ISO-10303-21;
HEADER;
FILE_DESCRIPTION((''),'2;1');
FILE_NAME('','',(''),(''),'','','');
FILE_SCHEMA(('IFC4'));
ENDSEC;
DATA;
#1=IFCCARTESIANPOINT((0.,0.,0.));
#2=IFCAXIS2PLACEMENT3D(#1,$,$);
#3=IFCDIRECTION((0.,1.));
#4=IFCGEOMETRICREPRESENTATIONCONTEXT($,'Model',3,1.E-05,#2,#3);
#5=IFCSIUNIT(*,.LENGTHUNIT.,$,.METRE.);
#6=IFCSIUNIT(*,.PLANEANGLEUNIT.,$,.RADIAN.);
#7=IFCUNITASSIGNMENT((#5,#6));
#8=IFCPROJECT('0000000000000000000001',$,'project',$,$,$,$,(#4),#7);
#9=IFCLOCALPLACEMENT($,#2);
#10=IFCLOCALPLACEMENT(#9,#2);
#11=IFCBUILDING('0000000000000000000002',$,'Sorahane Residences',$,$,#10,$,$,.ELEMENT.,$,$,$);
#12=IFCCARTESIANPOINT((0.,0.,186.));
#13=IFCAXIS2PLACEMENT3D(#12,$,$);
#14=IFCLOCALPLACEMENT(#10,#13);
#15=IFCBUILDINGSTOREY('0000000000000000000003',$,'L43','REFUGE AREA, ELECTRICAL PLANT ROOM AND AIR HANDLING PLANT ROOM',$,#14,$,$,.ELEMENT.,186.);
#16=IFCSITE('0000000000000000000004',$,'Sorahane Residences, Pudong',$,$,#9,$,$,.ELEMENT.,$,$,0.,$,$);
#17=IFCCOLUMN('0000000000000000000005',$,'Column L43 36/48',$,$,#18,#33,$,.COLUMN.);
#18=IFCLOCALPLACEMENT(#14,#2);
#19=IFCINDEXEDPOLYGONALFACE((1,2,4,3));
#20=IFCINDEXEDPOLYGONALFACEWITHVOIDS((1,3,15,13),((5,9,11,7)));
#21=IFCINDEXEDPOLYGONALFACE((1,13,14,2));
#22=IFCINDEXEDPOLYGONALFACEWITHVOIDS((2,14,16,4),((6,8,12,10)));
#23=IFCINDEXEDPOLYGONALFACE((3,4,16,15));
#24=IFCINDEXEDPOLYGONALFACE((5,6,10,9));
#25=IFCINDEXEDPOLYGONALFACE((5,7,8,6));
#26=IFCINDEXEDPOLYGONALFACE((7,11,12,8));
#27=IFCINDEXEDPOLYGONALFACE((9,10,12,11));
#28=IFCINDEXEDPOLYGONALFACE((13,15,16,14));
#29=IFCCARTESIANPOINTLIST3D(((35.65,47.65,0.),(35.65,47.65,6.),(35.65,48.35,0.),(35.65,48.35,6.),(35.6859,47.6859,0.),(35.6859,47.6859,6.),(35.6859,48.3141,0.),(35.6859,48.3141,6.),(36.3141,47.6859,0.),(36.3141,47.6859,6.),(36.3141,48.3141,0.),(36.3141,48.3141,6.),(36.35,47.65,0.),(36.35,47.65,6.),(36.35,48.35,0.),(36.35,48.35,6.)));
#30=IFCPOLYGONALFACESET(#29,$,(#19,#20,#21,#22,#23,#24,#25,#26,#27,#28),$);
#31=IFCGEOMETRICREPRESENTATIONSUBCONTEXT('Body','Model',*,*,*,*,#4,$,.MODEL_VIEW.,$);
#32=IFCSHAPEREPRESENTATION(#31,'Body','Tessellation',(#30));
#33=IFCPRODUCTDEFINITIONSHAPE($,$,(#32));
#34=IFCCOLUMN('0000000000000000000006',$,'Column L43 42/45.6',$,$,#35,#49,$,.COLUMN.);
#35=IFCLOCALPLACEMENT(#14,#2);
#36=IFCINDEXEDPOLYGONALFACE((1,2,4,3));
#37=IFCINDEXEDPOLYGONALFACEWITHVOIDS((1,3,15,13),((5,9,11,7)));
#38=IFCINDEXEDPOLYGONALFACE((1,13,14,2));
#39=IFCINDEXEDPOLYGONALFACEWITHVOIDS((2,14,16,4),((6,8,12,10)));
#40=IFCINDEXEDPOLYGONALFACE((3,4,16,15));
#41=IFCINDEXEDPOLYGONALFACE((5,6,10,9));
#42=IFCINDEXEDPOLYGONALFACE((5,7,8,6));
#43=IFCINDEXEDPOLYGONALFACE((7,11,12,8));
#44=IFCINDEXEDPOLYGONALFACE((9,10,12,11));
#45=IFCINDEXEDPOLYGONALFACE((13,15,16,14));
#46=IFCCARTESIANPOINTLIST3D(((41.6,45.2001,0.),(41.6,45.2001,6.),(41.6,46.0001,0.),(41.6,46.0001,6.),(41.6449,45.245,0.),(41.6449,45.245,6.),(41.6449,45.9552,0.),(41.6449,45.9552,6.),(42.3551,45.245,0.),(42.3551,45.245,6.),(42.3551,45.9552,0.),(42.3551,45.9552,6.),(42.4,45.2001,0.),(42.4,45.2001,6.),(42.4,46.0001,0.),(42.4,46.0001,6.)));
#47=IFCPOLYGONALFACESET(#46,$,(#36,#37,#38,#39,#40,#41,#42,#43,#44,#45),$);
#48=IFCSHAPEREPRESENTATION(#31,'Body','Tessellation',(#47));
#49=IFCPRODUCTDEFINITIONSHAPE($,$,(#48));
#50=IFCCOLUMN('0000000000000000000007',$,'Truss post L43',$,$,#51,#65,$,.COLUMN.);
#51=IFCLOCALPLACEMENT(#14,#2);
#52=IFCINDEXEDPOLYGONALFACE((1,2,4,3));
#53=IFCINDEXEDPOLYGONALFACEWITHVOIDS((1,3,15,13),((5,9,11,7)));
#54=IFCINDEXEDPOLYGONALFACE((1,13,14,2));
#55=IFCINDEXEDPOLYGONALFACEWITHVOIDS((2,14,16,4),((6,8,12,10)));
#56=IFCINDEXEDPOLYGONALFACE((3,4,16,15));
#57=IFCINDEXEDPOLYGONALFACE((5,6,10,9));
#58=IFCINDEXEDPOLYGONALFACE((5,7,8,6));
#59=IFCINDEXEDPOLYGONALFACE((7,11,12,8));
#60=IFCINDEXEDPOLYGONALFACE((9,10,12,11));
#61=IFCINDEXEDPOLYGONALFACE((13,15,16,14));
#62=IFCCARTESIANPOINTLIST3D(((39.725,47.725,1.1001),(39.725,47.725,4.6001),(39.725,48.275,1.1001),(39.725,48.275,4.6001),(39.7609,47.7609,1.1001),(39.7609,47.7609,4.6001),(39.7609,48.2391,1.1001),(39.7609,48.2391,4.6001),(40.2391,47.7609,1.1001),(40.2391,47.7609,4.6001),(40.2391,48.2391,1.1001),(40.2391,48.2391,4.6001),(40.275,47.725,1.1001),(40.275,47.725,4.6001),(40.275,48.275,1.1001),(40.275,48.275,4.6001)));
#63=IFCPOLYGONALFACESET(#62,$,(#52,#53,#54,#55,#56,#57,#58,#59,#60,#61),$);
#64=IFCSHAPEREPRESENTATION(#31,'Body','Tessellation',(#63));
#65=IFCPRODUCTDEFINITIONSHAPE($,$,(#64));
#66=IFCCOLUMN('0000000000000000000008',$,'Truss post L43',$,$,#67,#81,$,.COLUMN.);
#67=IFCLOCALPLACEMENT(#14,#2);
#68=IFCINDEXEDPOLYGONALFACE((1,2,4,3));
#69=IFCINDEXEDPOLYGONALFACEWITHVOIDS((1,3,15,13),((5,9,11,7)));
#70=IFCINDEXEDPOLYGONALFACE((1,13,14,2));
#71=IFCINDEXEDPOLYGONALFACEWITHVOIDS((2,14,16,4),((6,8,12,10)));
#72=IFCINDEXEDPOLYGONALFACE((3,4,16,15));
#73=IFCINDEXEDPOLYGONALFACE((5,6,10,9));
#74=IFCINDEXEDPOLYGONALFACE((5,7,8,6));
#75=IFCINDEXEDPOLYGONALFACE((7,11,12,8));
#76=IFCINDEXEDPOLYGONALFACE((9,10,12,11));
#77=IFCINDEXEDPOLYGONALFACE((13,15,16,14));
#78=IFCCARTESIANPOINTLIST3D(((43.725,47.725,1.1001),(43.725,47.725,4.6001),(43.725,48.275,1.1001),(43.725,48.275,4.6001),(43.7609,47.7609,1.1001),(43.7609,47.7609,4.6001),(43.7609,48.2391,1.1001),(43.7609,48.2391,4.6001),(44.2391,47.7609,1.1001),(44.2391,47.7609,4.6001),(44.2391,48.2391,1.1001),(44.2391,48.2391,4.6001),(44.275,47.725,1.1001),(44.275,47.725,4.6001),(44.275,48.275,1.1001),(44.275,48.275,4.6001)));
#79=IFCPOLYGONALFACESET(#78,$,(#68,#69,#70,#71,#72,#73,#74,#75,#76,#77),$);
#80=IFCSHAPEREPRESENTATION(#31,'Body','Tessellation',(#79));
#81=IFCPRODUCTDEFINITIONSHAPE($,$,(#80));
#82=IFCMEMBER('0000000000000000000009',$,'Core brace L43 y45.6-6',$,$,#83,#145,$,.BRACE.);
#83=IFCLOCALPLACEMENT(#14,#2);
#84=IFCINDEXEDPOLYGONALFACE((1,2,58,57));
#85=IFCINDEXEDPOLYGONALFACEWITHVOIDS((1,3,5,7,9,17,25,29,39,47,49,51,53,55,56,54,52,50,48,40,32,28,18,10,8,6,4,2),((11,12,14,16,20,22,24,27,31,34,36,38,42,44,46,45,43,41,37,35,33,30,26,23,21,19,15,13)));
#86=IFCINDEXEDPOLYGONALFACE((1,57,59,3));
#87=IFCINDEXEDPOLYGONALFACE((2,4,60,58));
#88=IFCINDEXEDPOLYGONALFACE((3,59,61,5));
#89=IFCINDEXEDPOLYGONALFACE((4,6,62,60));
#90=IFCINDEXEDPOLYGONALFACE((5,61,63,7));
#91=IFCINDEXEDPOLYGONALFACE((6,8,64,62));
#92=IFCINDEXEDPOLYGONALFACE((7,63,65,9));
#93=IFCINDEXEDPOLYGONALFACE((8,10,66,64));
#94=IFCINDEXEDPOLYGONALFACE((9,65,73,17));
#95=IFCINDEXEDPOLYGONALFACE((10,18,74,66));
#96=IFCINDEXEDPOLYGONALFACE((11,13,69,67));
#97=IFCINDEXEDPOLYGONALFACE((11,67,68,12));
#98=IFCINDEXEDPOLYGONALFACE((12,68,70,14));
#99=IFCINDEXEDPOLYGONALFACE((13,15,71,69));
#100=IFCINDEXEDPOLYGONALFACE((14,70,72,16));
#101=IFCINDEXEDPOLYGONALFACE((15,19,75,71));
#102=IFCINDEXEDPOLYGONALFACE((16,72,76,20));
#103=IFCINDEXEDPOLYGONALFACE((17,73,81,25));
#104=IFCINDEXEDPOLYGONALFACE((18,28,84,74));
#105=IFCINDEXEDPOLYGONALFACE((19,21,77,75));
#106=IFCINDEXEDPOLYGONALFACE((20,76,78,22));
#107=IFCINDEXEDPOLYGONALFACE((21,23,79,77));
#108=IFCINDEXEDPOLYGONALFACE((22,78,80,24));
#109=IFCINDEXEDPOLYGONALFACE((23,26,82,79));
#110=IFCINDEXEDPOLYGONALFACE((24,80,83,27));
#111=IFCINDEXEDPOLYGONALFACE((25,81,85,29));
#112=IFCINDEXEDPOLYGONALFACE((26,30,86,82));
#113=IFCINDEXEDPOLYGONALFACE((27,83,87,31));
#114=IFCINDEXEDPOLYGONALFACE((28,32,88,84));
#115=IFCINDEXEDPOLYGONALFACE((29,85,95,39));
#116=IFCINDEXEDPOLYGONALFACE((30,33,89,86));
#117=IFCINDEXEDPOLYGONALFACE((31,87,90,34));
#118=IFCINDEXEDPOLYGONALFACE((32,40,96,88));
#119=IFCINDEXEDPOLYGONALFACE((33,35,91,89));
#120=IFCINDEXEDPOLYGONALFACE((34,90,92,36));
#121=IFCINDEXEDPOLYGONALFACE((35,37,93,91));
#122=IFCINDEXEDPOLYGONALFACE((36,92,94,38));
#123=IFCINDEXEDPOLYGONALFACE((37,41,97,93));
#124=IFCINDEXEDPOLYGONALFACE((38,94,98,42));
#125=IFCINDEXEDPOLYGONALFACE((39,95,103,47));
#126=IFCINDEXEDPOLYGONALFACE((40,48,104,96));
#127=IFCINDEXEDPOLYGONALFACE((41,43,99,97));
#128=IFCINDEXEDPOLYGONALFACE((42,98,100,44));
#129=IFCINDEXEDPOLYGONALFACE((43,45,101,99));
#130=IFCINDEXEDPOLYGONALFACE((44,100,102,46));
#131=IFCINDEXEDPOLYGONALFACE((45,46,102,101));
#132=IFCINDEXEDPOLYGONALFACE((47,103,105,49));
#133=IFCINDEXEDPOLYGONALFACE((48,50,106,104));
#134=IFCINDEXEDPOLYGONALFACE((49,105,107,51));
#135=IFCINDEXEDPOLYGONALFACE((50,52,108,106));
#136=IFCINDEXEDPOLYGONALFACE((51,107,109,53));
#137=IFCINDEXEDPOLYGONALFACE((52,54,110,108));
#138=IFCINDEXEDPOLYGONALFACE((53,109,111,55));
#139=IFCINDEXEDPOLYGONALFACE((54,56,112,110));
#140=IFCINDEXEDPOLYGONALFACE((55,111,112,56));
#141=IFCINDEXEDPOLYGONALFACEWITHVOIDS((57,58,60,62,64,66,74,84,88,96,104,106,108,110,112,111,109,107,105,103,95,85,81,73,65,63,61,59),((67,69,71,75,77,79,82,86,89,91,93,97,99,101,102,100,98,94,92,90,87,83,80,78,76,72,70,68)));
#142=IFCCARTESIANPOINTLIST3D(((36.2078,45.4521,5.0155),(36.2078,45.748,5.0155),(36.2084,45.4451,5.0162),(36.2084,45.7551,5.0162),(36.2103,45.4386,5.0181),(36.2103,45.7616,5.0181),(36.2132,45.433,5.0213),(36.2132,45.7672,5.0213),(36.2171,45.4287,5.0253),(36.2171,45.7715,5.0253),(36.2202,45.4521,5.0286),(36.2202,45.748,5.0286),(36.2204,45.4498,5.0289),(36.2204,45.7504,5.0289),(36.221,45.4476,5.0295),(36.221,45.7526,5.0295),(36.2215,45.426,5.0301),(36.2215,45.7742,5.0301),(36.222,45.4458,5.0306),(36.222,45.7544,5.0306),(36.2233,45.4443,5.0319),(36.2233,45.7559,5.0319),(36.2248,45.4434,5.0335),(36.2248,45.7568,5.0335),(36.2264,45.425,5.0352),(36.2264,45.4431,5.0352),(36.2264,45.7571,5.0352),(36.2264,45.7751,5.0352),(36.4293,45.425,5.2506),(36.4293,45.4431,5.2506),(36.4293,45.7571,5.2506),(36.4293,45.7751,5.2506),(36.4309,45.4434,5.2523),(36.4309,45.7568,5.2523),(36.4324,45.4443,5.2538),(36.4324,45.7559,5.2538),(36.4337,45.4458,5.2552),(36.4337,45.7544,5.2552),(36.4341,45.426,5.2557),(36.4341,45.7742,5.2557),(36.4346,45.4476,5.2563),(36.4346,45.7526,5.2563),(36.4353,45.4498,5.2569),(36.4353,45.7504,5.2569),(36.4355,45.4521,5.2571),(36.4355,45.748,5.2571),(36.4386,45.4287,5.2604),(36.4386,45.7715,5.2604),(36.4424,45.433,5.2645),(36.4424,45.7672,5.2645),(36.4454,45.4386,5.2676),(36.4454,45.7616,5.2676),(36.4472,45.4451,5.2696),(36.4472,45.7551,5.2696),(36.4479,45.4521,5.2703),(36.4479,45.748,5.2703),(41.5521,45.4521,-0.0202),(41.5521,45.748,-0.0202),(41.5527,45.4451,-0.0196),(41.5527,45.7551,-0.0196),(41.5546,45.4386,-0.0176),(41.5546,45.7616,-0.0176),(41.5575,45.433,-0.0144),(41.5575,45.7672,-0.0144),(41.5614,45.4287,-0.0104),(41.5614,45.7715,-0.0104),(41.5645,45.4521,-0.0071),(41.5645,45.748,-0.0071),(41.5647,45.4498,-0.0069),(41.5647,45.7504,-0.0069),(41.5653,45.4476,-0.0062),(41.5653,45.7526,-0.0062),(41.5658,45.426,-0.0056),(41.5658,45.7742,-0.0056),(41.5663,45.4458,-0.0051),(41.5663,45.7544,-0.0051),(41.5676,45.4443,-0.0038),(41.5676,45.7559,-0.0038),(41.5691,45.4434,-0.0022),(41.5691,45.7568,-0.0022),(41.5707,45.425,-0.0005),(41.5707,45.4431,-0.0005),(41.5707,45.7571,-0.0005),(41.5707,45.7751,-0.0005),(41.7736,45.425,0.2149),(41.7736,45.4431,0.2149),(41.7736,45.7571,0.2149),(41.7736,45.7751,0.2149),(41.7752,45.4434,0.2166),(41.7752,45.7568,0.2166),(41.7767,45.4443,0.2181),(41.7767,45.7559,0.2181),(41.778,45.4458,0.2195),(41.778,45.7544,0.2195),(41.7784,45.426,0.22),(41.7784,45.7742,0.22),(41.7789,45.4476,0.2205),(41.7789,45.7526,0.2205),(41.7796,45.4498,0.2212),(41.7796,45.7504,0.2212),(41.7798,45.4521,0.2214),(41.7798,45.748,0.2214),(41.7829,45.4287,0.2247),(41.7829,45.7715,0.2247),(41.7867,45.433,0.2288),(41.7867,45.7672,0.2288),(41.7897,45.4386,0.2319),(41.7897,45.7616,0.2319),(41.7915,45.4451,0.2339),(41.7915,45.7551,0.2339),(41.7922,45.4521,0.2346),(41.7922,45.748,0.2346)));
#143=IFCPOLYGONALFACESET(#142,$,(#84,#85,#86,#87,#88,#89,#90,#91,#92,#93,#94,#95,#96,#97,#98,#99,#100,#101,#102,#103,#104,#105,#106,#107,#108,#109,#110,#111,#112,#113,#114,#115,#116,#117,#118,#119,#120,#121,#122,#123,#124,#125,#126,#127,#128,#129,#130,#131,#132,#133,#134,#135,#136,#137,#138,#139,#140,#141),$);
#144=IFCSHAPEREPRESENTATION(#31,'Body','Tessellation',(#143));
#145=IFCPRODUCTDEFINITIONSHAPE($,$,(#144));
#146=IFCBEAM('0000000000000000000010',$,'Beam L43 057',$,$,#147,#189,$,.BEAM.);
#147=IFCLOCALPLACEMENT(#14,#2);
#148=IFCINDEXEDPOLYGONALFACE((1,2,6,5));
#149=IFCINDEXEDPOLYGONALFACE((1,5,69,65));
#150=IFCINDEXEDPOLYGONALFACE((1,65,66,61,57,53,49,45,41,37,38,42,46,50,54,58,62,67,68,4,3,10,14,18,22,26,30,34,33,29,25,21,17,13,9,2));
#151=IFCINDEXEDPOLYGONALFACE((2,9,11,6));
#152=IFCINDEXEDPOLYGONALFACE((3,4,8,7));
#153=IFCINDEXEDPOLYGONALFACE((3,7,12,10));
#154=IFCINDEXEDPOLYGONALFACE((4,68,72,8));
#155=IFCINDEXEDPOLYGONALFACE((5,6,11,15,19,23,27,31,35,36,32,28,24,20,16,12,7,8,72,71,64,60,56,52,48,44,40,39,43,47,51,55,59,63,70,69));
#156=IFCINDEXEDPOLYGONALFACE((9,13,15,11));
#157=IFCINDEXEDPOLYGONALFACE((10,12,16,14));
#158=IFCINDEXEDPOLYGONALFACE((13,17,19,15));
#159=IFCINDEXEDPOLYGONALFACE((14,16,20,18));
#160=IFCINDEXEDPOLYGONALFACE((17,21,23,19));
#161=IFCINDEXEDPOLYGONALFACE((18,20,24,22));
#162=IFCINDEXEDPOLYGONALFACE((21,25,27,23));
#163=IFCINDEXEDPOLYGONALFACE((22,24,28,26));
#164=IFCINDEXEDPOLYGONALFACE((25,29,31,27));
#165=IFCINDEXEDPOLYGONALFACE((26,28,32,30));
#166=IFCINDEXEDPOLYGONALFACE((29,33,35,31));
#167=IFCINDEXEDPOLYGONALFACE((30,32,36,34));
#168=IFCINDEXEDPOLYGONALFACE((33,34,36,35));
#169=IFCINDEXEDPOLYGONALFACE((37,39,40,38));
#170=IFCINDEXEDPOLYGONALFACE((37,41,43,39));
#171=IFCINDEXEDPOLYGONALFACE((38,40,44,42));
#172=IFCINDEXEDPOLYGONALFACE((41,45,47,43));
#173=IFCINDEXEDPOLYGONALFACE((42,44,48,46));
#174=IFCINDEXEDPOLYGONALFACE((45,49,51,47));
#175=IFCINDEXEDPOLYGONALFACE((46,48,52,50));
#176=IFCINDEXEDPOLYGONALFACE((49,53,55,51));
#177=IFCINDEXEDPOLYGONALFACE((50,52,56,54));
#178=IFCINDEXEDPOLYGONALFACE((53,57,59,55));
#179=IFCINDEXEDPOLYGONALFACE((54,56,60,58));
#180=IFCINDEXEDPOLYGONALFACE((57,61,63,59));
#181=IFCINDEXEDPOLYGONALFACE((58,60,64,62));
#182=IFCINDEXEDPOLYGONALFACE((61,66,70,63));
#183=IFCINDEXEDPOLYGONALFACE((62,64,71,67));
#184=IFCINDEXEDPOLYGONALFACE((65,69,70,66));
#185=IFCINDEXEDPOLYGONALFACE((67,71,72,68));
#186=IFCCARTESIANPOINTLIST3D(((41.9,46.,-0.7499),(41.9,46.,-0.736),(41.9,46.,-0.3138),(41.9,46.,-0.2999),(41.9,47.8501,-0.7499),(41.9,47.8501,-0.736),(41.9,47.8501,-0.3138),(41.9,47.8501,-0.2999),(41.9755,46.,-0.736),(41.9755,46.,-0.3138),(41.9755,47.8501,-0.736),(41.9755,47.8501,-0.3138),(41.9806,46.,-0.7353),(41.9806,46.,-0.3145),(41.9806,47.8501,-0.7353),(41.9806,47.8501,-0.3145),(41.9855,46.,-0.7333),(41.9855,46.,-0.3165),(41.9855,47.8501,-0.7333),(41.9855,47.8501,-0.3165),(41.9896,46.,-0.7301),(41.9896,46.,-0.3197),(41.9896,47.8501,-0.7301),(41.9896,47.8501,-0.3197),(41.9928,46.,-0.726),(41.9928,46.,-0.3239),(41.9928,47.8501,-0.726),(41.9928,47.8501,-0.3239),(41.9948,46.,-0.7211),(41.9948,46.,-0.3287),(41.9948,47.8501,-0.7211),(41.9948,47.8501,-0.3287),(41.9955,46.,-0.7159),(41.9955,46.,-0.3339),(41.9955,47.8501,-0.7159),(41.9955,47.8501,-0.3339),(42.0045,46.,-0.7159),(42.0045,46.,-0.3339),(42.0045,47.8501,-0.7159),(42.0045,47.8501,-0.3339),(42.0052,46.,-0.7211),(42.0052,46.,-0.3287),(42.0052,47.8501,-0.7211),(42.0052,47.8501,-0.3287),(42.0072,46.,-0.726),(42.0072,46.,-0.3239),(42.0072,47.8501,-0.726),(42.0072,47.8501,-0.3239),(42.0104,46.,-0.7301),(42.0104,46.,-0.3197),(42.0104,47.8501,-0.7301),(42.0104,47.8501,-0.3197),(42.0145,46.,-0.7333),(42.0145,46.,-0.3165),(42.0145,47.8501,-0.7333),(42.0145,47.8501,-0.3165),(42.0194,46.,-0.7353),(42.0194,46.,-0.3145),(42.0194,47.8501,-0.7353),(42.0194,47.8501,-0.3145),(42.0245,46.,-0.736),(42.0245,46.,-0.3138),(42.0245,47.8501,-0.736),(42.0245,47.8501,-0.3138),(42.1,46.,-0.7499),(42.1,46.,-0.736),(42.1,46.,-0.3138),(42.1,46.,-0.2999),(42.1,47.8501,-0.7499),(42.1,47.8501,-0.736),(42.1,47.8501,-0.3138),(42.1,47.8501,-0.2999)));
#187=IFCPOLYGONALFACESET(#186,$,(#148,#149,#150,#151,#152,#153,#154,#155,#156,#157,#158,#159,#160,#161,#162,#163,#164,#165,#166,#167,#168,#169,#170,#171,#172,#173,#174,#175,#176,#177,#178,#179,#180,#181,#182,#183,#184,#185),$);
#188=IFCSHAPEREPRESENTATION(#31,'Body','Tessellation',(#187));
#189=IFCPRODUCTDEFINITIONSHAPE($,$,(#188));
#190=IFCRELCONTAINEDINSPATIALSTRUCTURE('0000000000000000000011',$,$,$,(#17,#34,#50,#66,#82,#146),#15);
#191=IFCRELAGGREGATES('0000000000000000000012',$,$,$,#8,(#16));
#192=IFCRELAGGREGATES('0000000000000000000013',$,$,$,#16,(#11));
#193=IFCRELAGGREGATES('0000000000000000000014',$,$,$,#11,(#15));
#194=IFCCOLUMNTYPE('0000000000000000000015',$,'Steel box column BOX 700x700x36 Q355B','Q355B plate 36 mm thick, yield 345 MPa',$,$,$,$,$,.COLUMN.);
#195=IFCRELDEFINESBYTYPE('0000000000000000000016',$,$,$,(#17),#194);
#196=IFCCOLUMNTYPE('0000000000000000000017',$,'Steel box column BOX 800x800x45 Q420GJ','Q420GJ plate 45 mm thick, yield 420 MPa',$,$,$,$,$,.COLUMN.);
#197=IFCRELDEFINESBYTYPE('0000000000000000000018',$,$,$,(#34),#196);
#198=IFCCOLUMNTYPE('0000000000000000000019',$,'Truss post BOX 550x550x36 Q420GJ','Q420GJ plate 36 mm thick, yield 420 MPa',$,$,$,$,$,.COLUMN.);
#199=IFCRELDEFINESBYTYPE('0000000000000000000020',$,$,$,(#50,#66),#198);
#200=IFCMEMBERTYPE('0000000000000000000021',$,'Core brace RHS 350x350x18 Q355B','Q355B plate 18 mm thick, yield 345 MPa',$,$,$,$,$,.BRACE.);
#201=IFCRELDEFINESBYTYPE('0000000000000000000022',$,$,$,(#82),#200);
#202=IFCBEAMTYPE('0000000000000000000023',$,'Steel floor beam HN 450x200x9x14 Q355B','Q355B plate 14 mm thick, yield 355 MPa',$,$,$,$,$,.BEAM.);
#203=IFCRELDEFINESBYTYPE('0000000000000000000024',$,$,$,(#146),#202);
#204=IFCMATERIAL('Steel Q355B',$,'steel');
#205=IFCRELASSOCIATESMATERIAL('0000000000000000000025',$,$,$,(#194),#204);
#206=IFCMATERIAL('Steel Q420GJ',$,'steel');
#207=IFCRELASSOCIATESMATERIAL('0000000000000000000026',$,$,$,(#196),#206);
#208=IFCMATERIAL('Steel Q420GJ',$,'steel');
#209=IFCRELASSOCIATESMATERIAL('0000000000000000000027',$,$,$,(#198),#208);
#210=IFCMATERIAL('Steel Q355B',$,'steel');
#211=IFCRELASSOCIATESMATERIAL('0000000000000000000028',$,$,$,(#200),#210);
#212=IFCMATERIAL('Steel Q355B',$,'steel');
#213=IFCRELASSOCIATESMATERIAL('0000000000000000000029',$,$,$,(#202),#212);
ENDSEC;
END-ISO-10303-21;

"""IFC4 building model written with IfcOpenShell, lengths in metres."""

from ifc_helpers import new_model, si_unit, direction, frame, origin, origin_2d, place, context, subcontext, project, spatial, hollow_rectangle, i_section, extrude, material, material_profile, profile_set, type_object, element, save


model = new_model("IFC4")

# Units and contexts
model_context = context("Model", 3, precision=1e-05, world=origin(), true_north=direction((0.0, 1.0)))
body_context = subcontext(model_context, "Body", "Model", "MODEL_VIEW")
ifc_project = project(units=[si_unit("LENGTHUNIT", "METRE"), si_unit("PLANEANGLEUNIT", "RADIAN")], contexts=[model_context])

# Site, building, storey
site_placement = place(None, origin())
site = spatial("IfcSite", under=ifc_project, at=site_placement, Name="Sorahane Residences, Pudong", CompositionType="ELEMENT", RefElevation=0.0)
building_placement = place(site_placement, origin())
building = spatial("IfcBuilding", under=site, at=building_placement, Name="Sorahane Residences", CompositionType="ELEMENT")
storey_placement = place(building_placement, frame((0.0, 0.0, 186.0)))
storey = spatial("IfcBuildingStorey", under=building, at=storey_placement, Name="L43", Description="REFUGE AREA, ELECTRICAL PLANT ROOM AND AIR HANDLING PLANT ROOM", CompositionType="ELEMENT", Elevation=186.0)

# Columns
ifc_material_1 = material(Name="Steel Q355B", Category="steel")
ifc_material_profile_1 = material_profile(ifc_material_1, hollow_rectangle(XDim=0.7, YDim=0.7, WallThickness=0.0359, at=origin_2d()), Name="BOX 700x700x36")
ifc_profile_set_1 = profile_set([ifc_material_profile_1], Name="Steel Q355B")
column_type_1 = type_object("IfcColumnType", Name="Steel box column BOX 700x700x36 Q355B", Description="Q355B plate 36 mm thick, yield 345 MPa", PredefinedType="COLUMN", material=ifc_profile_set_1)
column_1_placement = place(storey_placement, frame((36.0, 48.0, 0.0), z_axis=(0.0, 0.0, 1.0), x_axis=(1.0, 0.0, 0.0)))
element("IfcColumn", 1, at=column_1_placement, inside=storey, type_object=column_type_1, Name="Column L43 36/48", PredefinedType="COLUMN", context=body_context, shape_type="SweptSolid", body=[
    extrude(hollow_rectangle(XDim=0.7, YDim=0.7, WallThickness=0.0359, at=origin_2d()), origin(), (0.0, 0.0, 1.0), 6.0),
])
ifc_material_2 = material(Name="Steel Q420GJ", Category="steel")
ifc_material_profile_2 = material_profile(ifc_material_2, hollow_rectangle(XDim=0.8, YDim=0.8, WallThickness=0.0449, at=origin_2d()), Name="BOX 800x800x45")
ifc_profile_set_2 = profile_set([ifc_material_profile_2], Name="Steel Q420GJ")
column_type_2 = type_object("IfcColumnType", Name="Steel box column BOX 800x800x45 Q420GJ", Description="Q420GJ plate 45 mm thick, yield 420 MPa", PredefinedType="COLUMN", material=ifc_profile_set_2)
column_2_placement = place(storey_placement, frame((42.0, 45.6001, 0.0), z_axis=(0.0, 0.0, 1.0), x_axis=(1.0, 0.0, 0.0)))
element("IfcColumn", 2, at=column_2_placement, inside=storey, type_object=column_type_2, Name="Column L43 42/45.6", PredefinedType="COLUMN", context=body_context, shape_type="SweptSolid", body=[
    extrude(hollow_rectangle(XDim=0.8, YDim=0.8, WallThickness=0.0449, at=origin_2d()), origin(), (0.0, 0.0, 1.0), 6.0),
])
ifc_material_3 = material(Name="Steel Q420GJ", Category="steel")
ifc_material_profile_3 = material_profile(ifc_material_3, hollow_rectangle(XDim=0.55, YDim=0.55, WallThickness=0.0359, at=origin_2d()), Name="BOX 550x550x36")
ifc_profile_set_3 = profile_set([ifc_material_profile_3], Name="Steel Q420GJ")
column_type_3 = type_object("IfcColumnType", Name="Truss post BOX 550x550x36 Q420GJ", Description="Q420GJ plate 36 mm thick, yield 420 MPa", PredefinedType="COLUMN", material=ifc_profile_set_3)
for number, where, z_axis, x_axis, name in (
    (3, (40.0, 48.0, 1.1001), (0.0, 0.0, 1.0), (1.0, 0.0, 0.0), "Truss post L43"),
    (4, (44.0, 48.0, 1.1001), (0.0, 0.0, 1.0), (1.0, 0.0, 0.0), "Truss post L43"),
):
    element("IfcColumn", number, at=place(storey_placement, frame(where, z_axis=z_axis, x_axis=x_axis)), inside=storey, type_object=column_type_3, Name=name, PredefinedType="COLUMN", context=body_context, shape_type="SweptSolid", body=[
        extrude(hollow_rectangle(XDim=0.55, YDim=0.55, WallThickness=0.0359, at=origin_2d()), origin(), (0.0, 0.0, 1.0), 3.5),
    ])

# Member
ifc_material_4 = material(Name="Steel Q355B", Category="steel")
ifc_material_profile_4 = material_profile(ifc_material_4, hollow_rectangle(XDim=0.3501, YDim=0.3501, WallThickness=0.0181, InnerFilletRadius=0.009, OuterFilletRadius=0.0271, at=origin_2d()), Name="RHS 350x350x18")
ifc_profile_set_4 = profile_set([ifc_material_profile_4], Name="Steel Q355B")
member_type_1 = type_object("IfcMemberType", Name="Core brace RHS 350x350x18 Q355B", Description="Q355B plate 18 mm thick, yield 345 MPa", PredefinedType="BRACE", material=ifc_profile_set_4)
member_1_placement = place(storey_placement, frame((41.6721, 45.6001, 0.1072), z_axis=(-0.727807, 0.0, 0.685782), x_axis=(0.0, -1.0, 0.0)))
element("IfcMember", 5, at=member_1_placement, inside=storey, type_object=member_type_1, Name="Core brace L43 y45.6-6", PredefinedType="BRACE", context=body_context, shape_type="SweptSolid", body=[
    extrude(hollow_rectangle(XDim=0.3501, YDim=0.3501, WallThickness=0.0181, InnerFilletRadius=0.009, OuterFilletRadius=0.0271, at=origin_2d()), origin(), (0.0, 0.0, 1.0), 7.343),
])

# Beam
ifc_material_5 = material(Name="Steel Q355B", Category="steel")
ifc_material_profile_5 = material_profile(ifc_material_5, i_section(OverallWidth=0.2, OverallDepth=0.45, WebThickness=0.009, FlangeThickness=0.0139, FilletRadius=0.02, at=origin_2d()), Name="HN 450x200x9x14")
ifc_profile_set_5 = profile_set([ifc_material_profile_5], Name="Steel Q355B")
beam_type_1 = type_object("IfcBeamType", Name="Steel floor beam HN 450x200x9x14 Q355B", Description="Q355B plate 14 mm thick, yield 355 MPa", PredefinedType="BEAM", material=ifc_profile_set_5)
beam_1_placement = place(storey_placement, frame((42.0, 46.0, -0.5249), z_axis=(0.0, 1.0, 0.0), x_axis=(-1.0, 0.0, 0.0)))
element("IfcBeam", 6, at=beam_1_placement, inside=storey, type_object=beam_type_1, Name="Beam L43 057", PredefinedType="BEAM", context=body_context, shape_type="SweptSolid", body=[
    extrude(i_section(OverallWidth=0.2, OverallDepth=0.45, WebThickness=0.009, FlangeThickness=0.0139, FilletRadius=0.02, at=origin_2d()), origin(), (0.0, 0.0, 1.0), 1.8501),
])

save(model, "model.ifc")
